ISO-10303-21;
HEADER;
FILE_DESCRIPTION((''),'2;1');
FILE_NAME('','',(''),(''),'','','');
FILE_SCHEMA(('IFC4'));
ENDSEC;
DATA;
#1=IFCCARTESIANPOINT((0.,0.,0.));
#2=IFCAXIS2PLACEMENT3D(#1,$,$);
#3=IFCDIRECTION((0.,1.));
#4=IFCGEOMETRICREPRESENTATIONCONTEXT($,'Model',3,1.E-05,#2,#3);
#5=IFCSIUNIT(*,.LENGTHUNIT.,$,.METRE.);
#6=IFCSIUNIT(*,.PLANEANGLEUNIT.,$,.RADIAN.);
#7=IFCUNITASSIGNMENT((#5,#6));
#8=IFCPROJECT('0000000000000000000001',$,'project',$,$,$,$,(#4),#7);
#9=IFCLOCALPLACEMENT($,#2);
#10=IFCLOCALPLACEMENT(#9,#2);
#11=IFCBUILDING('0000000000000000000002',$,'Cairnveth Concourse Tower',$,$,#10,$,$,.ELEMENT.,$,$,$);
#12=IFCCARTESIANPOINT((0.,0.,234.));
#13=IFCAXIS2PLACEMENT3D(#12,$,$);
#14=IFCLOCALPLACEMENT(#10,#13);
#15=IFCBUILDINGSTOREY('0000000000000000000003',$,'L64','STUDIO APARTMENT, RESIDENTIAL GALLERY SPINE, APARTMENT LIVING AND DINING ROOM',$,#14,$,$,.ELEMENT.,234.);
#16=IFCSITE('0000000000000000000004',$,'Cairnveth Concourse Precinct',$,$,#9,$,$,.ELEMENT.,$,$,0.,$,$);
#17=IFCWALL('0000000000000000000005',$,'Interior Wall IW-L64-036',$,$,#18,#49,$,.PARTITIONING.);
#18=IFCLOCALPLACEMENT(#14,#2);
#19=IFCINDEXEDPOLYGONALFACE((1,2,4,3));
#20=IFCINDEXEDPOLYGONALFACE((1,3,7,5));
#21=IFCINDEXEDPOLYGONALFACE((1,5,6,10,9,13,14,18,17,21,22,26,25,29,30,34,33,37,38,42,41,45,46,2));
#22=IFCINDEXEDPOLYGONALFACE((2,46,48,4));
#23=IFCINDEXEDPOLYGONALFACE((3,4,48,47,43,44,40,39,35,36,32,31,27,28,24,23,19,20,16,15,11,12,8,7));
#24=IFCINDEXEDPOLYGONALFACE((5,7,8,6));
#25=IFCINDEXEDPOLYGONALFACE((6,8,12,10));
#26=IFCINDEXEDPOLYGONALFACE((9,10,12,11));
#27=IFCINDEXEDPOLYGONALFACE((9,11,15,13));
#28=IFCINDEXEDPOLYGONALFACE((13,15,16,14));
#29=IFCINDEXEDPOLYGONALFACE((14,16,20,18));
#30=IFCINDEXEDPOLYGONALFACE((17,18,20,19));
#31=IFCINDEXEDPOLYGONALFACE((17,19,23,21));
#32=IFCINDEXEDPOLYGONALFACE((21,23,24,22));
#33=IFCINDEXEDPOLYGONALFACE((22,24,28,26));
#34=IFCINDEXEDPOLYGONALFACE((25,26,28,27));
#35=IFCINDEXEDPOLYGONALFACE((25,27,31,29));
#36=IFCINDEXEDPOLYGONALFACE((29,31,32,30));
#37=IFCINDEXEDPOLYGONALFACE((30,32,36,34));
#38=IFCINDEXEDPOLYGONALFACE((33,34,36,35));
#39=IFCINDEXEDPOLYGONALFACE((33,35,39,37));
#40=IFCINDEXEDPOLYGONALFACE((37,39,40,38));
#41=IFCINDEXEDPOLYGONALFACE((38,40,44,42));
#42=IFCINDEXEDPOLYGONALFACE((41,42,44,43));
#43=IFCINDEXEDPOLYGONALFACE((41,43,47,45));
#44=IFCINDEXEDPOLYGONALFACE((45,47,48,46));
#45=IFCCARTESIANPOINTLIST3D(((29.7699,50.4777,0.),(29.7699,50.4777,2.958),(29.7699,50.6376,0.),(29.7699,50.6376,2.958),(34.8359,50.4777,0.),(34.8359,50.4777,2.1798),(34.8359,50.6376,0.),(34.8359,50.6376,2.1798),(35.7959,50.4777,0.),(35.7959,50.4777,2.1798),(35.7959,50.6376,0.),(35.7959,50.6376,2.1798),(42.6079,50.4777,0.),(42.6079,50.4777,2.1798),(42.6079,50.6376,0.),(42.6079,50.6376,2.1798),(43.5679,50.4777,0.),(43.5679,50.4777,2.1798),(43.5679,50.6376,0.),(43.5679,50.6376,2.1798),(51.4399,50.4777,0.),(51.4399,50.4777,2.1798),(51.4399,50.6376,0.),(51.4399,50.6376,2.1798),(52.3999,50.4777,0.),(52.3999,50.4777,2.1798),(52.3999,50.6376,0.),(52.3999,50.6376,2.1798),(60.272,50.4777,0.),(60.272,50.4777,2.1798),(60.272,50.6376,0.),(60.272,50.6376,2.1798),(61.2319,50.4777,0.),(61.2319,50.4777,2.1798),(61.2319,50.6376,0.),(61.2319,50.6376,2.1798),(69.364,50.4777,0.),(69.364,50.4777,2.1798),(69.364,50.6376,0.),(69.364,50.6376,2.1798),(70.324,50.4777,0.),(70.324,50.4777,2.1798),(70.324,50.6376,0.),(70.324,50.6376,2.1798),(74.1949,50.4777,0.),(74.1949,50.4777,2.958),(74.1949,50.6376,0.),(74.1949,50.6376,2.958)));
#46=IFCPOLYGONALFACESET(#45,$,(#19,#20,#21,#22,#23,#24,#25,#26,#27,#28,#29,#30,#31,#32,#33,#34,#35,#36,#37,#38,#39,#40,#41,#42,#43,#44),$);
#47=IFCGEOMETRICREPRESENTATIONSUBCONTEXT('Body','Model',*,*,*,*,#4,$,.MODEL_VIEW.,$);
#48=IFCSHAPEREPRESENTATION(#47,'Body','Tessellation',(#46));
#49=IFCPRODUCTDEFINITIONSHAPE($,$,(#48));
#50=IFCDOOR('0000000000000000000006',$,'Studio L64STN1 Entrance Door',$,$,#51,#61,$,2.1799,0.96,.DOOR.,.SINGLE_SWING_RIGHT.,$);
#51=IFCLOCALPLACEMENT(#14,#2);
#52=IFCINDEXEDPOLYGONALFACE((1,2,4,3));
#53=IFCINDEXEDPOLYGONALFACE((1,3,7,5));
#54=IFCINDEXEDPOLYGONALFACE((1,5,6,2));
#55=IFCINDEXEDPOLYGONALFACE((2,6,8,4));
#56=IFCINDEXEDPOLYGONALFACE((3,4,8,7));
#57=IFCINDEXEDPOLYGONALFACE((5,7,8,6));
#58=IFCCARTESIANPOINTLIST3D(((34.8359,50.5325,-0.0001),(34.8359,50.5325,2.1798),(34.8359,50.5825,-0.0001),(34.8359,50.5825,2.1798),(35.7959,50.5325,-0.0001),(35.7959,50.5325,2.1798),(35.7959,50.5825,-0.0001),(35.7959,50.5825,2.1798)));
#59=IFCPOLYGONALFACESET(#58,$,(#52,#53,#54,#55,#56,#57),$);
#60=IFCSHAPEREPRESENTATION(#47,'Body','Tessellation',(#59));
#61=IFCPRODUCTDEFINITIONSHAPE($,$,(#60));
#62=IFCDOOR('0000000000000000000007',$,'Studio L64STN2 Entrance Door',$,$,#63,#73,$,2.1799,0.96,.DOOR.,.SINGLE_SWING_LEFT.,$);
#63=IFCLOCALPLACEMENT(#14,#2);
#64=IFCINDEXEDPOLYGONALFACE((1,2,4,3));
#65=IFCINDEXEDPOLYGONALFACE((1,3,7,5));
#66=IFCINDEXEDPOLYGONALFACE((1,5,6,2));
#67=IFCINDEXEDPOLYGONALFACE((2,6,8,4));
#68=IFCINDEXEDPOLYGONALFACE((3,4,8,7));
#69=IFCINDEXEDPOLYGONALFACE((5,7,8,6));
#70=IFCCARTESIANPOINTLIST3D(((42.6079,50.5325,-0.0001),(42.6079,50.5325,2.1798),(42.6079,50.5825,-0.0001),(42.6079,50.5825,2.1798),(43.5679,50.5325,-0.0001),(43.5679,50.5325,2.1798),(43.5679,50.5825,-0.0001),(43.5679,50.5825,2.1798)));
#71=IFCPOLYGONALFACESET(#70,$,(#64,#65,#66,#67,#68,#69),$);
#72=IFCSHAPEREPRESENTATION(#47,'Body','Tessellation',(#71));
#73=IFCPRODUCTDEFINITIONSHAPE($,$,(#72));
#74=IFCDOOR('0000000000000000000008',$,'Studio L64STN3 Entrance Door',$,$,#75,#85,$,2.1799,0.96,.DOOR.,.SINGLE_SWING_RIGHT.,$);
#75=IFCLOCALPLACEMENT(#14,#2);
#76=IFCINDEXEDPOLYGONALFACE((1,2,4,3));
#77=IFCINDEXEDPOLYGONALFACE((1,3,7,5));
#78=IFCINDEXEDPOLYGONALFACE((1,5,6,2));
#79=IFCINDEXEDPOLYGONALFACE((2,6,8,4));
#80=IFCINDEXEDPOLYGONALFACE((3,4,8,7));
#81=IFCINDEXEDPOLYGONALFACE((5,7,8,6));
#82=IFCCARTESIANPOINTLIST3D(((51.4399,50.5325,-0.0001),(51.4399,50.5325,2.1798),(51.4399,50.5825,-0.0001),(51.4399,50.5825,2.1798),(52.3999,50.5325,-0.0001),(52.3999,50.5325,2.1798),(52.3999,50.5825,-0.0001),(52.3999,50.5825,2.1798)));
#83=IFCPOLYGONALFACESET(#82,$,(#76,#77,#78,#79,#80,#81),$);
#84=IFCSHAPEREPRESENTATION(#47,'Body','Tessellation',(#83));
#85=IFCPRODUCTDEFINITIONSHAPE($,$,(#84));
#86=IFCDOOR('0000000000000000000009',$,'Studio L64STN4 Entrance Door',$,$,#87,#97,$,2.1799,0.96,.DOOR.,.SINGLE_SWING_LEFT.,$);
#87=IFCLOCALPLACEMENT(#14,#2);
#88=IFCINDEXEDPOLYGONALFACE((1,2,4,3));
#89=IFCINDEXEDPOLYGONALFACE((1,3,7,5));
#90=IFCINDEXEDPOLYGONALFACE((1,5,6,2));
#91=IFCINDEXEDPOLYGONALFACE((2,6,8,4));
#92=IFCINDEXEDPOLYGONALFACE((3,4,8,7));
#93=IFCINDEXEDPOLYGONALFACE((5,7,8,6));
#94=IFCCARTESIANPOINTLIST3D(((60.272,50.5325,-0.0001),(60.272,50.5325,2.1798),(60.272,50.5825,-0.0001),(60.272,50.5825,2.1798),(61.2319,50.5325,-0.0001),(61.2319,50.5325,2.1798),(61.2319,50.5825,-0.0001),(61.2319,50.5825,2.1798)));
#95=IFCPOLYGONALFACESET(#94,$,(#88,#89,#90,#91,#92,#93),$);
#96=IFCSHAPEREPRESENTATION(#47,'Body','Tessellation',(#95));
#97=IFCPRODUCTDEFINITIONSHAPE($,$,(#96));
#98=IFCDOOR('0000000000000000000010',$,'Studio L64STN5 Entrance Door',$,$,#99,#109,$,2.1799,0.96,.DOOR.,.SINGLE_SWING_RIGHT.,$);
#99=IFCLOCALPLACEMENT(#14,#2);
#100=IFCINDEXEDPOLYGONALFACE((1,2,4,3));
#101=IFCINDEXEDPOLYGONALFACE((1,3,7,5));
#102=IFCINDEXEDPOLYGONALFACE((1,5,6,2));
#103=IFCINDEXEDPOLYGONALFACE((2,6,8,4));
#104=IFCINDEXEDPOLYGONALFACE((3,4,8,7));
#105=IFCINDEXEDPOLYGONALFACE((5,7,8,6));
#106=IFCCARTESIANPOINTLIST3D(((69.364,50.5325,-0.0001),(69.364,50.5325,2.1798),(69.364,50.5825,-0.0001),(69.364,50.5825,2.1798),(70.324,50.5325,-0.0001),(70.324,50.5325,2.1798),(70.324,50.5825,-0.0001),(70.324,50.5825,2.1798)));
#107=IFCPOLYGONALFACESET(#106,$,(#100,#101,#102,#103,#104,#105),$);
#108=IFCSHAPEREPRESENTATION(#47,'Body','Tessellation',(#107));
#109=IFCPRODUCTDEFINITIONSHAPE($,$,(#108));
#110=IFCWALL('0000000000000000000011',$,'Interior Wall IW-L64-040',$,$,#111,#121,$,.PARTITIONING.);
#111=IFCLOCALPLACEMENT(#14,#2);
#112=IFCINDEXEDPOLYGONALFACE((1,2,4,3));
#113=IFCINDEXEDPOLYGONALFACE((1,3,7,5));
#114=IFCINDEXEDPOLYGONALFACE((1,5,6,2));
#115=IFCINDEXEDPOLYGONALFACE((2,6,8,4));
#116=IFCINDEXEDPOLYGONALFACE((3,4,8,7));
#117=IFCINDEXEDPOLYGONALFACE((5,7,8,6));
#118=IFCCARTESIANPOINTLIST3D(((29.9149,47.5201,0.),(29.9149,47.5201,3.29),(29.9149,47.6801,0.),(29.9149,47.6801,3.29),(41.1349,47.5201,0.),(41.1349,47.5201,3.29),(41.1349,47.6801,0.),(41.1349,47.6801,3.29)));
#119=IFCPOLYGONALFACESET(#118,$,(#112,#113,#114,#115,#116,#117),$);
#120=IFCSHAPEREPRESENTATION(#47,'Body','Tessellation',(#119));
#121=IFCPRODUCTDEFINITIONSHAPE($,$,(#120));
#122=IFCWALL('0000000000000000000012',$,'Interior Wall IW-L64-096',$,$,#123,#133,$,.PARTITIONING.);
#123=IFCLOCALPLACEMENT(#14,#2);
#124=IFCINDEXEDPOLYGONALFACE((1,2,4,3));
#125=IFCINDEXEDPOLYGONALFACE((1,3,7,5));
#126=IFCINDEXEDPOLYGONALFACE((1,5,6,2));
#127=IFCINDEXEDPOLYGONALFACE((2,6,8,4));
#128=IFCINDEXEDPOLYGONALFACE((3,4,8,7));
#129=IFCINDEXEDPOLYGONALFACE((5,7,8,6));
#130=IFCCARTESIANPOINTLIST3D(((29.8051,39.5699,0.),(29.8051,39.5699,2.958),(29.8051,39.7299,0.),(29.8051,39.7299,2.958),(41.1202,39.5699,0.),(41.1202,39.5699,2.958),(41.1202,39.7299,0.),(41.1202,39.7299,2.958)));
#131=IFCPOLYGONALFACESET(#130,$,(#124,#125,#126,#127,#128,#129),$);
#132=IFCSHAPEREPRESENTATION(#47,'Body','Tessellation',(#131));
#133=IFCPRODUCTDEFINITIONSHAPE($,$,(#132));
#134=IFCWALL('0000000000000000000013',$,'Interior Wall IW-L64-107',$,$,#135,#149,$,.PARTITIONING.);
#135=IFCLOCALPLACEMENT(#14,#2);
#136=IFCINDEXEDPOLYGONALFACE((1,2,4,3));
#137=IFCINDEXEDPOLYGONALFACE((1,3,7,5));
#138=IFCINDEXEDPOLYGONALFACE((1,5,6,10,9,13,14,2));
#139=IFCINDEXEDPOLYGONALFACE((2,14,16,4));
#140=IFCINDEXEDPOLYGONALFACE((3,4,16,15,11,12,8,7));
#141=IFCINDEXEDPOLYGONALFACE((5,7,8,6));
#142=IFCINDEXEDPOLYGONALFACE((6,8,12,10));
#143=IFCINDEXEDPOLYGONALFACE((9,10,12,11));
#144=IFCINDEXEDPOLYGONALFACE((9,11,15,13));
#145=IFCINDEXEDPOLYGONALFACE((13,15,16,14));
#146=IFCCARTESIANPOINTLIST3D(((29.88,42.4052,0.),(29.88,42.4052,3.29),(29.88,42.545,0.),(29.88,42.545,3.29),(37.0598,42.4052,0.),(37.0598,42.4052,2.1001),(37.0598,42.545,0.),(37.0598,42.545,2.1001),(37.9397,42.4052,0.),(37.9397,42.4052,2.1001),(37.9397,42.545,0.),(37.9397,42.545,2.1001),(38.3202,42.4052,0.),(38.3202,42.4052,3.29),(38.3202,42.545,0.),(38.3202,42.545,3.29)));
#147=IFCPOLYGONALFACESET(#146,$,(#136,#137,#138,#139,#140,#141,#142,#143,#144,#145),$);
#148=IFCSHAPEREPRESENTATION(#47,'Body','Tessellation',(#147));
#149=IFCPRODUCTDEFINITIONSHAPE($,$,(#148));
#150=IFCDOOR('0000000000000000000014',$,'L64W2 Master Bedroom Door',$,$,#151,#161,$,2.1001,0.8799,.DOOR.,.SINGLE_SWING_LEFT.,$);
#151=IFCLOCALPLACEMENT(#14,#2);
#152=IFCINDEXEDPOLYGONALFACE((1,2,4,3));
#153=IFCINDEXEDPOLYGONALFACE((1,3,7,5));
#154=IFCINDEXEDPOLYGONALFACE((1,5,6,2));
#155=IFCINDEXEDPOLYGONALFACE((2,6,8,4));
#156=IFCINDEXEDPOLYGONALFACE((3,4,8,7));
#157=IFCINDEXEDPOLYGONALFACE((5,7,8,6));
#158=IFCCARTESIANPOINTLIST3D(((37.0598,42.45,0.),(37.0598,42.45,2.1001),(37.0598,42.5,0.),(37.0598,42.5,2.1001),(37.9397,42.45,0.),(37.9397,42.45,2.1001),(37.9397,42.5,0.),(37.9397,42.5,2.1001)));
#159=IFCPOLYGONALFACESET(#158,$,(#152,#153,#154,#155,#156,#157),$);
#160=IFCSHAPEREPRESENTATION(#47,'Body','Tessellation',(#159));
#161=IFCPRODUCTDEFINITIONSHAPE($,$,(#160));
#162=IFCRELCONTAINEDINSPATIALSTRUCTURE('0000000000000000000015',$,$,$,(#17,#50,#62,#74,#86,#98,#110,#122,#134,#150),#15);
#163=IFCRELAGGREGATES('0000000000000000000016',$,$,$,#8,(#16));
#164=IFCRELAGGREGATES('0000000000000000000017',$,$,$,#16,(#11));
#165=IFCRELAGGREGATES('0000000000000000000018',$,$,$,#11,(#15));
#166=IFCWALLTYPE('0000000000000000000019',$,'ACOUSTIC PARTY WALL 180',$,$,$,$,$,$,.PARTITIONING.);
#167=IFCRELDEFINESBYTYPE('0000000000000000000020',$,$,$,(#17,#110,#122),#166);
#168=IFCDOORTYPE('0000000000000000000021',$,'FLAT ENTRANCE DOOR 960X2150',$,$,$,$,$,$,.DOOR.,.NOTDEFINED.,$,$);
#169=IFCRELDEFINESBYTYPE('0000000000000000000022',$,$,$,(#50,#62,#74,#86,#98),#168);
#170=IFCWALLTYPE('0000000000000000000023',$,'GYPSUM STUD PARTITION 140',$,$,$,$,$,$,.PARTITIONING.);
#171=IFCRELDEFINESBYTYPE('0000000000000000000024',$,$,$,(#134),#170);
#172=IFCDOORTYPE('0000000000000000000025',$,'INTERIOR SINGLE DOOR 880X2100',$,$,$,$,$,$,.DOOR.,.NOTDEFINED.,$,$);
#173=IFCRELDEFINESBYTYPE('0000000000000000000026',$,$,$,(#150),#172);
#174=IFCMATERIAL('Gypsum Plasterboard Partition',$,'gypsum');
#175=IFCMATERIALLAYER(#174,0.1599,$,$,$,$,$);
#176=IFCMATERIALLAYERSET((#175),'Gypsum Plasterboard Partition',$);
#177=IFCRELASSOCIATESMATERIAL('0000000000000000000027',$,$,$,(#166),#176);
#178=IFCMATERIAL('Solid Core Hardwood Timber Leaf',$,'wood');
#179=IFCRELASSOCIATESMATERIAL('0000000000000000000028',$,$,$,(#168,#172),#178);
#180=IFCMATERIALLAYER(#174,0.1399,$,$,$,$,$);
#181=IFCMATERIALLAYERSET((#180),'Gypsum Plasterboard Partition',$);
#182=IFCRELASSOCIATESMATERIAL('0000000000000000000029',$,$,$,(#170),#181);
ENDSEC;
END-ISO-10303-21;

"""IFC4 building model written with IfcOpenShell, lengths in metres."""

from ifc_helpers import new_model, si_unit, direction, frame, frame_2d, origin, place, context, subcontext, project, spatial, rectangle, extrude, material, layer, layer_set, type_object, element, fill, save


model = new_model("IFC4")

# Units and contexts
model_context = context("Model", 3, precision=1e-05, world=origin(), true_north=direction((0.0, 1.0)))
body_context = subcontext(model_context, "Body", "Model", "MODEL_VIEW")
ifc_project = project(units=[si_unit("LENGTHUNIT", "METRE"), si_unit("PLANEANGLEUNIT", "RADIAN")], contexts=[model_context])

# Site, building, storey
site_placement = place(None, origin())
site = spatial("IfcSite", under=ifc_project, at=site_placement, Name="Cairnveth Concourse Precinct", CompositionType="ELEMENT", RefElevation=0.0)
building_placement = place(site_placement, origin())
building = spatial("IfcBuilding", under=site, at=building_placement, Name="Cairnveth Concourse Tower", CompositionType="ELEMENT")
storey_placement = place(building_placement, frame((0.0, 0.0, 234.0)))
storey = spatial("IfcBuildingStorey", under=building, at=storey_placement, Name="L64", Description="STUDIO APARTMENT, RESIDENTIAL GALLERY SPINE, APARTMENT LIVING AND DINING ROOM", CompositionType="ELEMENT", Elevation=234.0)

# Wall, openings, doors
ifc_material_1 = material(Name="Gypsum Plasterboard Partition", Category="gypsum")
ifc_layer_1 = layer(ifc_material_1, 0.1599)
ifc_layer_set_1 = layer_set([ifc_layer_1], Name="Gypsum Plasterboard Partition")
wall_type_1 = type_object("IfcWallType", Name="ACOUSTIC PARTY WALL 180", PredefinedType="PARTITIONING", material=ifc_layer_set_1)
wall_1_placement = place(storey_placement, frame((29.77, 50.5576, 0.0), z_axis=(0.0, 0.0, 1.0), x_axis=(1.0, 0.0, 0.0)))
wall_1 = element("IfcWall", 1, at=wall_1_placement, inside=storey, type_object=wall_type_1, Name="Interior Wall IW-L64-036", PredefinedType="PARTITIONING", context=body_context, shape_type="SweptSolid", body=[
    extrude(rectangle(XDim=44.425, YDim=0.1599, at=frame_2d((22.2124, 0.0))), origin(), (0.0, 0.0, 1.0), 2.958),
])
opening_1_placement = place(wall_1_placement, frame((5.0659, 0.0, 0.0)))
opening_1 = element("IfcOpeningElement", 2, at=opening_1_placement, cuts=wall_1, PredefinedType="OPENING", context=body_context, shape_type="SweptSolid", body=[
    extrude(rectangle(XDim=0.96, YDim=2.1799, at=frame_2d((0.48, 1.0898))), frame((0.0, 0.0898, 0.0), z_axis=(0.0, -1.0, 0.0), x_axis=(1.0, 0.0, 0.0)), (0.0, 0.0, 1.0), 0.1799),
])
opening_2_placement = place(wall_1_placement, frame((12.8379, 0.0, 0.0)))
opening_2 = element("IfcOpeningElement", 3, at=opening_2_placement, cuts=wall_1, PredefinedType="OPENING", context=body_context, shape_type="SweptSolid", body=[
    extrude(rectangle(XDim=0.96, YDim=2.1799, at=frame_2d((0.48, 1.0898))), frame((0.0, 0.0898, 0.0), z_axis=(0.0, -1.0, 0.0), x_axis=(1.0, 0.0, 0.0)), (0.0, 0.0, 1.0), 0.1799),
])
opening_3_placement = place(wall_1_placement, frame((21.6699, 0.0, 0.0)))
opening_3 = element("IfcOpeningElement", 4, at=opening_3_placement, cuts=wall_1, PredefinedType="OPENING", context=body_context, shape_type="SweptSolid", body=[
    extrude(rectangle(XDim=0.96, YDim=2.1799, at=frame_2d((0.48, 1.0898))), frame((0.0, 0.0898, 0.0), z_axis=(0.0, -1.0, 0.0), x_axis=(1.0, 0.0, 0.0)), (0.0, 0.0, 1.0), 0.1799),
])
opening_4_placement = place(wall_1_placement, frame((30.502, 0.0, 0.0)))
opening_4 = element("IfcOpeningElement", 5, at=opening_4_placement, cuts=wall_1, PredefinedType="OPENING", context=body_context, shape_type="SweptSolid", body=[
    extrude(rectangle(XDim=0.96, YDim=2.1799, at=frame_2d((0.48, 1.0898))), frame((0.0, 0.0898, 0.0), z_axis=(0.0, -1.0, 0.0), x_axis=(1.0, 0.0, 0.0)), (0.0, 0.0, 1.0), 0.1799),
])
opening_5_placement = place(wall_1_placement, frame((39.594, 0.0, 0.0)))
opening_5 = element("IfcOpeningElement", 6, at=opening_5_placement, cuts=wall_1, PredefinedType="OPENING", context=body_context, shape_type="SweptSolid", body=[
    extrude(rectangle(XDim=0.96, YDim=2.1799, at=frame_2d((0.48, 1.0898))), frame((0.0, 0.0898, 0.0), z_axis=(0.0, -1.0, 0.0), x_axis=(1.0, 0.0, 0.0)), (0.0, 0.0, 1.0), 0.1799),
])
ifc_material_2 = material(Name="Solid Core Hardwood Timber Leaf", Category="wood")
door_type_1 = type_object("IfcDoorType", Name="FLAT ENTRANCE DOOR 960X2150", OperationType="NOTDEFINED", PredefinedType="DOOR", material=ifc_material_2)
door_1_placement = place(opening_1_placement, origin())
door_1 = element("IfcDoor", 7, at=door_1_placement, inside=storey, type_object=door_type_1, Name="Studio L64STN1 Entrance Door", OperationType="SINGLE_SWING_RIGHT", OverallHeight=2.1799, OverallWidth=0.96, PredefinedType="DOOR", context=body_context, shape_type="SweptSolid", body=[
    extrude(rectangle(XDim=0.96, YDim=2.1799, at=frame_2d((0.48, 1.0898))), frame((0.0, 0.0249, 0.0), z_axis=(0.0, -1.0, 0.0), x_axis=(1.0, 0.0, 0.0)), (0.0, 0.0, 1.0), 0.05),
])
fill(opening_1, door_1)
door_2_placement = place(opening_2_placement, origin())
door_2 = element("IfcDoor", 8, at=door_2_placement, inside=storey, type_object=door_type_1, Name="Studio L64STN2 Entrance Door", OperationType="SINGLE_SWING_LEFT", OverallHeight=2.1799, OverallWidth=0.96, PredefinedType="DOOR", context=body_context, shape_type="SweptSolid", body=[
    extrude(rectangle(XDim=0.96, YDim=2.1799, at=frame_2d((0.48, 1.0898))), frame((0.0, 0.0249, 0.0), z_axis=(0.0, -1.0, 0.0), x_axis=(1.0, 0.0, 0.0)), (0.0, 0.0, 1.0), 0.05),
])
fill(opening_2, door_2)
door_3_placement = place(opening_3_placement, origin())
door_3 = element("IfcDoor", 9, at=door_3_placement, inside=storey, type_object=door_type_1, Name="Studio L64STN3 Entrance Door", OperationType="SINGLE_SWING_RIGHT", OverallHeight=2.1799, OverallWidth=0.96, PredefinedType="DOOR", context=body_context, shape_type="SweptSolid", body=[
    extrude(rectangle(XDim=0.96, YDim=2.1799, at=frame_2d((0.48, 1.0898))), frame((0.0, 0.0249, 0.0), z_axis=(0.0, -1.0, 0.0), x_axis=(1.0, 0.0, 0.0)), (0.0, 0.0, 1.0), 0.05),
])
fill(opening_3, door_3)
door_4_placement = place(opening_4_placement, origin())
door_4 = element("IfcDoor", 10, at=door_4_placement, inside=storey, type_object=door_type_1, Name="Studio L64STN4 Entrance Door", OperationType="SINGLE_SWING_LEFT", OverallHeight=2.1799, OverallWidth=0.96, PredefinedType="DOOR", context=body_context, shape_type="SweptSolid", body=[
    extrude(rectangle(XDim=0.96, YDim=2.1799, at=frame_2d((0.48, 1.0898))), frame((0.0, 0.0249, 0.0), z_axis=(0.0, -1.0, 0.0), x_axis=(1.0, 0.0, 0.0)), (0.0, 0.0, 1.0), 0.05),
])
fill(opening_4, door_4)
door_5_placement = place(opening_5_placement, origin())
door_5 = element("IfcDoor", 11, at=door_5_placement, inside=storey, type_object=door_type_1, Name="Studio L64STN5 Entrance Door", OperationType="SINGLE_SWING_RIGHT", OverallHeight=2.1799, OverallWidth=0.96, PredefinedType="DOOR", context=body_context, shape_type="SweptSolid", body=[
    extrude(rectangle(XDim=0.96, YDim=2.1799, at=frame_2d((0.48, 1.0898))), frame((0.0, 0.0249, 0.0), z_axis=(0.0, -1.0, 0.0), x_axis=(1.0, 0.0, 0.0)), (0.0, 0.0, 1.0), 0.05),
])
fill(opening_5, door_5)

# Walls
wall_2_placement = place(storey_placement, frame((29.915, 47.6001, 0.0), z_axis=(0.0, 0.0, 1.0), x_axis=(1.0, 0.0, 0.0)))
element("IfcWall", 12, at=wall_2_placement, inside=storey, type_object=wall_type_1, Name="Interior Wall IW-L64-040", PredefinedType="PARTITIONING", context=body_context, shape_type="SweptSolid", body=[
    extrude(rectangle(XDim=11.22, YDim=0.1599, at=frame_2d((5.6099, 0.0))), origin(), (0.0, 0.0, 1.0), 3.29),
])
wall_3_placement = place(storey_placement, frame((29.8049, 39.6499, 0.0), z_axis=(0.0, 0.0, 1.0), x_axis=(1.0, 0.0, 0.0)))
element("IfcWall", 13, at=wall_3_placement, inside=storey, type_object=wall_type_1, Name="Interior Wall IW-L64-096", PredefinedType="PARTITIONING", context=body_context, shape_type="SweptSolid", body=[
    extrude(rectangle(XDim=11.3152, YDim=0.1599, at=frame_2d((5.6577, 0.0))), origin(), (0.0, 0.0, 1.0), 2.958),
])

# Wall, opening, door
ifc_layer_2 = layer(ifc_material_1, 0.1399)
ifc_layer_set_2 = layer_set([ifc_layer_2], Name="Gypsum Plasterboard Partition")
wall_type_2 = type_object("IfcWallType", Name="GYPSUM STUD PARTITION 140", PredefinedType="PARTITIONING", material=ifc_layer_set_2)
wall_4_placement = place(storey_placement, frame((29.8799, 42.4751, 0.0), z_axis=(0.0, 0.0, 1.0), x_axis=(1.0, 0.0, 0.0)))
wall_4 = element("IfcWall", 14, at=wall_4_placement, inside=storey, type_object=wall_type_2, Name="Interior Wall IW-L64-107", PredefinedType="PARTITIONING", context=body_context, shape_type="SweptSolid", body=[
    extrude(rectangle(XDim=8.4402, YDim=0.1399, at=frame_2d((4.2202, 0.0))), origin(), (0.0, 0.0, 1.0), 3.29),
])
opening_6_placement = place(wall_4_placement, frame((7.1799, 0.0, 0.0)))
opening_6 = element("IfcOpeningElement", 15, at=opening_6_placement, cuts=wall_4, PredefinedType="OPENING", context=body_context, shape_type="SweptSolid", body=[
    extrude(rectangle(XDim=0.8799, YDim=2.1001, at=frame_2d((0.4399, 1.05))), frame((0.0, 0.0798, 0.0), z_axis=(0.0, -1.0, 0.0), x_axis=(1.0, 0.0, 0.0)), (0.0, 0.0, 1.0), 0.1599),
])
door_type_2 = type_object("IfcDoorType", Name="INTERIOR SINGLE DOOR 880X2100", OperationType="NOTDEFINED", PredefinedType="DOOR", material=ifc_material_2)
door_6_placement = place(opening_6_placement, origin())
door_6 = element("IfcDoor", 16, at=door_6_placement, inside=storey, type_object=door_type_2, Name="L64W2 Master Bedroom Door", OperationType="SINGLE_SWING_LEFT", OverallHeight=2.1001, OverallWidth=0.8799, PredefinedType="DOOR", context=body_context, shape_type="SweptSolid", body=[
    extrude(rectangle(XDim=0.8799, YDim=2.1001, at=frame_2d((0.4399, 1.05))), frame((0.0, 0.0249, 0.0), z_axis=(0.0, -1.0, 0.0), x_axis=(1.0, 0.0, 0.0)), (0.0, 0.0, 1.0), 0.05),
])
fill(opening_6, door_6)

save(model, "model.ifc")
